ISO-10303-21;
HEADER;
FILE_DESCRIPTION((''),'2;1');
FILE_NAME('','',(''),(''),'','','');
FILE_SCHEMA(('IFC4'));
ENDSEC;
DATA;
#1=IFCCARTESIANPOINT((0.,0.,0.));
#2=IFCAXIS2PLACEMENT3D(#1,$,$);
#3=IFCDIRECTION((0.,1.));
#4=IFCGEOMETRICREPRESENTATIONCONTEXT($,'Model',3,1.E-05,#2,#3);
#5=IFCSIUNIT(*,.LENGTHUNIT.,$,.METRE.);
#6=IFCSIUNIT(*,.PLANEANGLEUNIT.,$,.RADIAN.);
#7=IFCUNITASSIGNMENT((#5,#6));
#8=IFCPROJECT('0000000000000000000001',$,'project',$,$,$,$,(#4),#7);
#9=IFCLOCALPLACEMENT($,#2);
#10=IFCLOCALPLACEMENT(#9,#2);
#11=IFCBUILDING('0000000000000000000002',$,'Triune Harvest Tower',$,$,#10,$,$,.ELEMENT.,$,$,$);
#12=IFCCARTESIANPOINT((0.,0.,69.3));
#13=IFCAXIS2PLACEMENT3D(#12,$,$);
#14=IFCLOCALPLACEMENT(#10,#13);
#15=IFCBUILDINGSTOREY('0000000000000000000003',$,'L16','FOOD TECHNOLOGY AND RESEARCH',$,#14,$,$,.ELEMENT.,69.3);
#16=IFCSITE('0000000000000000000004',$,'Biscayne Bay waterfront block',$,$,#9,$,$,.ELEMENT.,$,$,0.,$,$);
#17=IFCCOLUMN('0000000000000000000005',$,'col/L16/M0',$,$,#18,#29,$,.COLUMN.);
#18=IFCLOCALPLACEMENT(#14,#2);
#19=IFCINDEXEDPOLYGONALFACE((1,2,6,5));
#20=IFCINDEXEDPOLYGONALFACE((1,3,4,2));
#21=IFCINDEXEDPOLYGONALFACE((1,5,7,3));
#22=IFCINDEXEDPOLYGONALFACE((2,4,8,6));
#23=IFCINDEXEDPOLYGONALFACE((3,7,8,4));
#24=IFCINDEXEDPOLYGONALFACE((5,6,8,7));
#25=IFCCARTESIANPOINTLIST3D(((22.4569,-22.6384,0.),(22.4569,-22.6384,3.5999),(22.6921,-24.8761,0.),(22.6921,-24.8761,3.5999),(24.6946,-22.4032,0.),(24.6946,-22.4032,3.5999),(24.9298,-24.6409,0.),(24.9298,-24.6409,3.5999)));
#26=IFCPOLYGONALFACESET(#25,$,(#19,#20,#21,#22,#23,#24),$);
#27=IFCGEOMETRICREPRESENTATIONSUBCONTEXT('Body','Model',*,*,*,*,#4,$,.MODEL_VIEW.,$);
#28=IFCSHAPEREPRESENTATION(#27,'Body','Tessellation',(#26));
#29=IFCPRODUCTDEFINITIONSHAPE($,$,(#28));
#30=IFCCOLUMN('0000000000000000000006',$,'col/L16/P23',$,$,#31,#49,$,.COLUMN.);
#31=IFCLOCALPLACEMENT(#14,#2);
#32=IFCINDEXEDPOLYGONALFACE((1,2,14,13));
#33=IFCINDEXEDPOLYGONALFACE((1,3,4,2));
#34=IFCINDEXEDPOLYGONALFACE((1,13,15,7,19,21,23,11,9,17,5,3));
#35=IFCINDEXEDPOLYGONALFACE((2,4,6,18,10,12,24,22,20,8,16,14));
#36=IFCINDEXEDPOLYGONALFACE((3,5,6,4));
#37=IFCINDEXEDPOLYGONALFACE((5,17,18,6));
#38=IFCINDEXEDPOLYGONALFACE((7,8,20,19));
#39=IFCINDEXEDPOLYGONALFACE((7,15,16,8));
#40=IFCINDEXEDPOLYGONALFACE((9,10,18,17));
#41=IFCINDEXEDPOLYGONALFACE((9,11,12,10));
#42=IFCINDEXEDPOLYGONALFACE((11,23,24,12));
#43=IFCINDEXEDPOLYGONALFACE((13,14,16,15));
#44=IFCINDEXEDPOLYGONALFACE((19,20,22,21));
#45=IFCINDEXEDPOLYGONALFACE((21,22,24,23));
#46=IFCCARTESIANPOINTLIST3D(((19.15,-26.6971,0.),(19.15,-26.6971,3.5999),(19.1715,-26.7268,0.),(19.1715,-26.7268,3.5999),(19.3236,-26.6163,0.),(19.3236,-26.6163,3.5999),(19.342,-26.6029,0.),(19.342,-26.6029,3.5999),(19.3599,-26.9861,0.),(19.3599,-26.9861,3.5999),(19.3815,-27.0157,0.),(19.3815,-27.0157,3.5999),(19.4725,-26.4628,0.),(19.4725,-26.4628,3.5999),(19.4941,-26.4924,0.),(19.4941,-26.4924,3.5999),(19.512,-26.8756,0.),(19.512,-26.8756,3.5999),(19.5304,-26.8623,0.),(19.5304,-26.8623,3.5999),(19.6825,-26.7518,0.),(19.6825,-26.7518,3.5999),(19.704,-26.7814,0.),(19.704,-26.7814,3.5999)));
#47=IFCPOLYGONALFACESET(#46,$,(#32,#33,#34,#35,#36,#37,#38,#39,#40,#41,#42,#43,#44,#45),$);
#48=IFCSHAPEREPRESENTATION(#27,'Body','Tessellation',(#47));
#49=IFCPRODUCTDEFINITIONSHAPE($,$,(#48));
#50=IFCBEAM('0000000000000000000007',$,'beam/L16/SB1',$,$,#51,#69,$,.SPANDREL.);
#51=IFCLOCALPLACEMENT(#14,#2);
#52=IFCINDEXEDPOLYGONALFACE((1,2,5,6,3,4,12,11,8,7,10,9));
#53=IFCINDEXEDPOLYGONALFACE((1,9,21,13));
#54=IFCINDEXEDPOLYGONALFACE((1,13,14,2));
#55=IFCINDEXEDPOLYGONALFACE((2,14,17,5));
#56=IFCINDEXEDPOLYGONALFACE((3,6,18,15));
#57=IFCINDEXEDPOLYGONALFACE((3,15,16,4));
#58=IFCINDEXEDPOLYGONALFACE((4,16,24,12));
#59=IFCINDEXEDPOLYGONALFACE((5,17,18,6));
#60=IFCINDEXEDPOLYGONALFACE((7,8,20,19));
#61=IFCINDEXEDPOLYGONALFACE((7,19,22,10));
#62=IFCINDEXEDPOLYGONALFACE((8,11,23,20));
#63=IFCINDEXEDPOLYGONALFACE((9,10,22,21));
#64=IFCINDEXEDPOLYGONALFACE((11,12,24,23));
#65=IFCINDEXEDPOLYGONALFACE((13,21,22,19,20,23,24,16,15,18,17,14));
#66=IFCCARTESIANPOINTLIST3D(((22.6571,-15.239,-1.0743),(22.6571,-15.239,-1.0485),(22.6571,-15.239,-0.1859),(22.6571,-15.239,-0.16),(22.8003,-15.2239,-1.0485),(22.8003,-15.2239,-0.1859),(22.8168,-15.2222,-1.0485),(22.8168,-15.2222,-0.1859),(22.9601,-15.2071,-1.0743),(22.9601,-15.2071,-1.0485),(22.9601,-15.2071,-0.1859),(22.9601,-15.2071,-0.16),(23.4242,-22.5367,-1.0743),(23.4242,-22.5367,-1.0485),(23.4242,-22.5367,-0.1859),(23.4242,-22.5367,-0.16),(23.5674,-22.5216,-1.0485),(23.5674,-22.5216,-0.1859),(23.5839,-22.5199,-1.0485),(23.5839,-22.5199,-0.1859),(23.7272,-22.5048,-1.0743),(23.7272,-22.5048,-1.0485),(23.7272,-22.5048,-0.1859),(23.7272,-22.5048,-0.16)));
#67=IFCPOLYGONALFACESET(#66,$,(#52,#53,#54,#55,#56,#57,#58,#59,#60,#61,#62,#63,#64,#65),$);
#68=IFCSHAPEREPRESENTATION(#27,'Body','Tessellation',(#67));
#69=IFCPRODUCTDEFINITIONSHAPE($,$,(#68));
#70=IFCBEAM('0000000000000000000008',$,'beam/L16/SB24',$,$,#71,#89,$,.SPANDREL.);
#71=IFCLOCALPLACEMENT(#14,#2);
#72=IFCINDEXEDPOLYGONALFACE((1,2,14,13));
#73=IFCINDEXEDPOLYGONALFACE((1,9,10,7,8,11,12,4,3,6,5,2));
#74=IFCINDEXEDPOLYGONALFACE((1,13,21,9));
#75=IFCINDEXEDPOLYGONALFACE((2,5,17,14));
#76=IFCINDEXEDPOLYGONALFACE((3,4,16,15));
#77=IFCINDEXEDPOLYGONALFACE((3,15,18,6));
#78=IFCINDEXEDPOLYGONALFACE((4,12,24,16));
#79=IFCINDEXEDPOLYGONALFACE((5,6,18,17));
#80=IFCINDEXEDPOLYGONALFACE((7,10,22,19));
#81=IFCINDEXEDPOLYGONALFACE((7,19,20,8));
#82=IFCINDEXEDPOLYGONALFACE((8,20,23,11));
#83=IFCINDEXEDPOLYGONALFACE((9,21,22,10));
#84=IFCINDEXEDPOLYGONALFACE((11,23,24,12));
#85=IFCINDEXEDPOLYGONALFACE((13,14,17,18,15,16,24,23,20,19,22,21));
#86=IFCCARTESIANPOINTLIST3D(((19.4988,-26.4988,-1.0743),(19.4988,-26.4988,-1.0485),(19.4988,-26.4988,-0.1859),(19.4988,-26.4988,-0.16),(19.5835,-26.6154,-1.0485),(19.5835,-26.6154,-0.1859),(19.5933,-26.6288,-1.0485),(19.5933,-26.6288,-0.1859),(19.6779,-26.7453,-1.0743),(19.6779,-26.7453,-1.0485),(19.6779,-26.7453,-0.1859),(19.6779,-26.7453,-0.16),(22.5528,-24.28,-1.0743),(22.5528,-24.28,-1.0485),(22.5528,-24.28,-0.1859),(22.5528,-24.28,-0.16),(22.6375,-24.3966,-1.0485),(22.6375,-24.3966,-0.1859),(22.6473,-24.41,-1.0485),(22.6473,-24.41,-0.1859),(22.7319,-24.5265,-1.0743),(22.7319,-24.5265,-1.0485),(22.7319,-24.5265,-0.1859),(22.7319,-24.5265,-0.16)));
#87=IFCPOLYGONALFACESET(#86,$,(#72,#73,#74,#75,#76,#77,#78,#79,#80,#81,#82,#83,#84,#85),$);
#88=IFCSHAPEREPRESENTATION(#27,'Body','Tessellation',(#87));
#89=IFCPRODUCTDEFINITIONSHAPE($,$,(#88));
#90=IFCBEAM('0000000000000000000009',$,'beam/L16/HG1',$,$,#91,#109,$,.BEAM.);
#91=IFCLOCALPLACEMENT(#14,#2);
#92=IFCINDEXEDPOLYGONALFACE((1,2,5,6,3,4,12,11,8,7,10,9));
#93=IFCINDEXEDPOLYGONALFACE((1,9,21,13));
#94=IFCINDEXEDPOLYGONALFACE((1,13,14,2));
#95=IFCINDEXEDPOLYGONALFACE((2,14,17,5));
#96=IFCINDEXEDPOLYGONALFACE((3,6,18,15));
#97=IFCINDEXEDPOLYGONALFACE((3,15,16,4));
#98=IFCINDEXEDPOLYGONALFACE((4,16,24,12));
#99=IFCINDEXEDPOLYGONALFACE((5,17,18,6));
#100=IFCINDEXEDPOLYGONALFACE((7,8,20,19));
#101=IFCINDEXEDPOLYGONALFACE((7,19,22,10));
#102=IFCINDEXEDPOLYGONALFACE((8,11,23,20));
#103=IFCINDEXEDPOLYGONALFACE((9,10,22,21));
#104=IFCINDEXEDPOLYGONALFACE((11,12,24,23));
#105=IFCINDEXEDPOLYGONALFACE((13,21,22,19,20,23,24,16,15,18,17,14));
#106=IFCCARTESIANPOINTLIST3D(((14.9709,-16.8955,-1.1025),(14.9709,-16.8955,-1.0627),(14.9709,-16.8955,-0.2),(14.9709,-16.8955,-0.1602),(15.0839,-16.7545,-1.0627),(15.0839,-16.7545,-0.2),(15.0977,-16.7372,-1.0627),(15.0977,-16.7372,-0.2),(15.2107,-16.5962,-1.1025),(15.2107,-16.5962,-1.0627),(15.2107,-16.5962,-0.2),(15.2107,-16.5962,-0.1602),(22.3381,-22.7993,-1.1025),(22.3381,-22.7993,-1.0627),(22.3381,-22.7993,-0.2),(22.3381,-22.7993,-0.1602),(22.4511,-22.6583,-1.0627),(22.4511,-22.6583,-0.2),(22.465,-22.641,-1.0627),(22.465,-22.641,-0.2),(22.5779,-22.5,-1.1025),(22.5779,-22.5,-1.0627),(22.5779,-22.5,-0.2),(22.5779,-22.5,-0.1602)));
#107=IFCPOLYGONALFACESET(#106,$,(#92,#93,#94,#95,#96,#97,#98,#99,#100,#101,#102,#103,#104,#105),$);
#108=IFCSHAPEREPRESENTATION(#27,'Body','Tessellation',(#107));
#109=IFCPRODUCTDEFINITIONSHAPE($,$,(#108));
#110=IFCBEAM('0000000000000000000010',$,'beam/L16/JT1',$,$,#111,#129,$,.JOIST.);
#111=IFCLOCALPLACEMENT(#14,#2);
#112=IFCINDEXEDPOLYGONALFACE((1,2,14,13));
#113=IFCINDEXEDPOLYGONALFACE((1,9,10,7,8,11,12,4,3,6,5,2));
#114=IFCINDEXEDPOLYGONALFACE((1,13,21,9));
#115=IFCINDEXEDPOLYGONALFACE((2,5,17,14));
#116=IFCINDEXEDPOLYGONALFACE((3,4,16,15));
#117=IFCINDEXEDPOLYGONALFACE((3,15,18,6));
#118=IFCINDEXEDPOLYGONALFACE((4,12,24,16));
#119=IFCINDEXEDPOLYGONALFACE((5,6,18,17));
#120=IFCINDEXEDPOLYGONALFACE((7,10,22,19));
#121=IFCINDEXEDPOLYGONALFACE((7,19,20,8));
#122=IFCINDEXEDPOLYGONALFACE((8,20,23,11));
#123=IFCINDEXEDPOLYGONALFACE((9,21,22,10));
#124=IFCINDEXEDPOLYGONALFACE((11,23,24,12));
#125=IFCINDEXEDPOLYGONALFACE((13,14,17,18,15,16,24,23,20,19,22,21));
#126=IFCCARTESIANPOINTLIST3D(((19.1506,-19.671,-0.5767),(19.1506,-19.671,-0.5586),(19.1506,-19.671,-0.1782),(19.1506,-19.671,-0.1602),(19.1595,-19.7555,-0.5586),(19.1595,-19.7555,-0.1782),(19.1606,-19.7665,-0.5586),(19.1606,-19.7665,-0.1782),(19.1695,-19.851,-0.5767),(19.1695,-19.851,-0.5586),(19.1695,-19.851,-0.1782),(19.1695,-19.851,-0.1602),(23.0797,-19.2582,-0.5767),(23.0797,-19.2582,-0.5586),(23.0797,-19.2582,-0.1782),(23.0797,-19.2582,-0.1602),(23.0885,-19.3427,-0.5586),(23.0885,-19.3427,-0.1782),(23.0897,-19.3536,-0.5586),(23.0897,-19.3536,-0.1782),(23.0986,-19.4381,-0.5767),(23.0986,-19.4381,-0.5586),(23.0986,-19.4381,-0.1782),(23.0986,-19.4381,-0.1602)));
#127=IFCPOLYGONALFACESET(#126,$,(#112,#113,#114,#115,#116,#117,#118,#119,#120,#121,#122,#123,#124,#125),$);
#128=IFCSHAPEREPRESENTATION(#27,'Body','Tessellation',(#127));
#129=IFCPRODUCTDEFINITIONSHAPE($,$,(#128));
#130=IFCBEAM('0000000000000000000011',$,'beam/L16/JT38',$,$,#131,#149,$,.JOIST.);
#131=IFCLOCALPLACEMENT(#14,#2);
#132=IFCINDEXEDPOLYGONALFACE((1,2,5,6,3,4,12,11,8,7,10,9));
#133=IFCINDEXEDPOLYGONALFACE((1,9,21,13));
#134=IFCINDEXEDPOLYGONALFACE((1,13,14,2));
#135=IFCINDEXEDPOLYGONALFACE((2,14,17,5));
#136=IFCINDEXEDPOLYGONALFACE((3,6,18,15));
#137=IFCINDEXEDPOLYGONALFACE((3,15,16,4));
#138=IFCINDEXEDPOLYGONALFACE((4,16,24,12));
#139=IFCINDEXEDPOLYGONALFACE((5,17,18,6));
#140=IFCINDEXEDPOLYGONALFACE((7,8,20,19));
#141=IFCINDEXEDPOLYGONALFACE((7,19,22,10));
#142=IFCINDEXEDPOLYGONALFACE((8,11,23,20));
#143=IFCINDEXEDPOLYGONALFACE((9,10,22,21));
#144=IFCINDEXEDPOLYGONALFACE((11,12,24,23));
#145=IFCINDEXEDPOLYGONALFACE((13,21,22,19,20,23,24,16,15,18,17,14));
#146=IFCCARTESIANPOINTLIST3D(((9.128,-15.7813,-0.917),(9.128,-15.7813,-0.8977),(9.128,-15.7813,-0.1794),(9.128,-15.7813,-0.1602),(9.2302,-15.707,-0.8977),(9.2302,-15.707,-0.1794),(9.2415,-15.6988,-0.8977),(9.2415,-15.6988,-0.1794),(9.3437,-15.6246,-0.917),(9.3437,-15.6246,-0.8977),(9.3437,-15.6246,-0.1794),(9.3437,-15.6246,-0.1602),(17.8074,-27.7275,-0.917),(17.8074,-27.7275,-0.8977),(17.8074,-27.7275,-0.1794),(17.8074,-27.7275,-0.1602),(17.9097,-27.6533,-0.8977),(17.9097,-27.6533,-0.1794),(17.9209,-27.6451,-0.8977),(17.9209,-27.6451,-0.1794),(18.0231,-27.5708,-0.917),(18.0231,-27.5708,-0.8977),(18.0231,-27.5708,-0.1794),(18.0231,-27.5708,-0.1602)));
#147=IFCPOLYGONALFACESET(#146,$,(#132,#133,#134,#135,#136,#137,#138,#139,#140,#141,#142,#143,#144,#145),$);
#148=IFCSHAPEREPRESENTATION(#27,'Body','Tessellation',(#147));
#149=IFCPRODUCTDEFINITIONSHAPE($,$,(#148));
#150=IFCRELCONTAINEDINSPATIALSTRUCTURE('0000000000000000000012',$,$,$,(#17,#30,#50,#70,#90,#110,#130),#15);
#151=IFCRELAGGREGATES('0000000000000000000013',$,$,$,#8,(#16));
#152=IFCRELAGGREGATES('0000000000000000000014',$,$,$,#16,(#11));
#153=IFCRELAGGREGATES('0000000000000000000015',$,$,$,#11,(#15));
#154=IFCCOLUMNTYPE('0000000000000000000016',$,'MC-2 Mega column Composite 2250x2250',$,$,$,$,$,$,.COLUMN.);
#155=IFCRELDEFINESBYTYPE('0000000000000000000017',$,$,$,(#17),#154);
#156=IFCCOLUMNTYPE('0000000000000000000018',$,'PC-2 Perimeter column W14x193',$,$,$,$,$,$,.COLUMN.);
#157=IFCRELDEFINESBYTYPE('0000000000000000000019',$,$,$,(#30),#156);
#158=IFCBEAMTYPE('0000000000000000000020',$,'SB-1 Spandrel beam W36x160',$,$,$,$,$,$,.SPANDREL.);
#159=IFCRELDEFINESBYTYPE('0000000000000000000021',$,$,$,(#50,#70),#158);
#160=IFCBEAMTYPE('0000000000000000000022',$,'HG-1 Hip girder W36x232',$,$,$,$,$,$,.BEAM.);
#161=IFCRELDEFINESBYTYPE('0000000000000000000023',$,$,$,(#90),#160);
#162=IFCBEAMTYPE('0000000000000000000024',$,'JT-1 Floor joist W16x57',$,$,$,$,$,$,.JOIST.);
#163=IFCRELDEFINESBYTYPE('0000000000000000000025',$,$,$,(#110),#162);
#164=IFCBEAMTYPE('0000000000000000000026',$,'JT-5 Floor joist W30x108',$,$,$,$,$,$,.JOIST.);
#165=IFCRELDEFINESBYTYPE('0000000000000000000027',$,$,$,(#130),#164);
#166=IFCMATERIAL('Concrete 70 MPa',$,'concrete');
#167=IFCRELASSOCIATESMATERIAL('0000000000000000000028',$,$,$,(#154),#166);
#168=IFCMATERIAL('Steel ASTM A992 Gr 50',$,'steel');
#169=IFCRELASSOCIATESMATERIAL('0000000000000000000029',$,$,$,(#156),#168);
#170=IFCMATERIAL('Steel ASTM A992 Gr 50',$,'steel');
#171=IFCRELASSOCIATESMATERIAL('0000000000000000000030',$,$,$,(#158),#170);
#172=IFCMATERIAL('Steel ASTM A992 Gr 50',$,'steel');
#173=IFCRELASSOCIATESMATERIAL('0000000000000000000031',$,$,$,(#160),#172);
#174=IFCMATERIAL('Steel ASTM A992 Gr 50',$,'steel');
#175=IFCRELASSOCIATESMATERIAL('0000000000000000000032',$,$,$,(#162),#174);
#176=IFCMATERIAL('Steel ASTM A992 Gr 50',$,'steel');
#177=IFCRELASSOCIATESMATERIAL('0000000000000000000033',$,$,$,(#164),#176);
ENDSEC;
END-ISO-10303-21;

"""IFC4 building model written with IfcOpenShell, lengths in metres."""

from ifc_helpers import new_model, si_unit, direction, frame, origin, origin_2d, place, context, subcontext, project, spatial, rectangle, i_section, extrude, source, transform, mapped, material, material_profile, profile_set, type_object, element, save


model = new_model("IFC4")

# Units and contexts
model_context = context("Model", 3, precision=1e-05, world=origin(), true_north=direction((0.0, 1.0)))
body_context = subcontext(model_context, "Body", "Model", "MODEL_VIEW")
ifc_project = project(units=[si_unit("LENGTHUNIT", "METRE"), si_unit("PLANEANGLEUNIT", "RADIAN")], contexts=[model_context])

# Site, building, storey
site_placement = place(None, origin())
site = spatial("IfcSite", under=ifc_project, at=site_placement, Name="Biscayne Bay waterfront block", CompositionType="ELEMENT", RefElevation=0.0)
building_placement = place(site_placement, origin())
building = spatial("IfcBuilding", under=site, at=building_placement, Name="Triune Harvest Tower", CompositionType="ELEMENT")
storey_placement = place(building_placement, frame((0.0, 0.0, 69.3)))
storey = spatial("IfcBuildingStorey", under=building, at=storey_placement, Name="L16", Description="FOOD TECHNOLOGY AND RESEARCH", CompositionType="ELEMENT", Elevation=69.3)

# Columns
ifc_material_1 = material(Name="Concrete 70 MPa", Category="concrete")
ifc_material_profile_1 = material_profile(ifc_material_1, rectangle(XDim=2.25, YDim=2.25, at=origin_2d()), Name="Composite 2250x2250")
ifc_profile_set_1 = profile_set([ifc_material_profile_1], Name="Concrete 70 MPa")
column_type_1 = type_object("IfcColumnType", Name="MC-2 Mega column Composite 2250x2250", PredefinedType="COLUMN", material=ifc_profile_set_1)
shared_shape_1 = source(origin(), body_context, "Body", "SweptSolid", [
    extrude(rectangle(XDim=2.25, YDim=2.25, at=origin_2d()), origin(), (0.0, 0.0, 1.0), 3.5999),
])
column_1_placement = place(storey_placement, frame((23.6934, -23.6396, 0.0), z_axis=(0.0, 0.0, 1.0), x_axis=(-0.104527, 0.994522, 0.0)))
element("IfcColumn", 1, at=column_1_placement, inside=storey, type_object=column_type_1, Name="col/L16/M0", PredefinedType="COLUMN", context=body_context, shape_type="MappedRepresentation", body=[
    mapped(shared_shape_1, transform((0.0, 0.0, 0.0), scale=1.0)),
])
ifc_material_2 = material(Name="Steel ASTM A992 Gr 50", Category="steel")
ifc_material_profile_2 = material_profile(ifc_material_2, i_section(OverallWidth=0.3987, OverallDepth=0.3938, WebThickness=0.0227, FlangeThickness=0.0366, at=origin_2d()), Name="W14x193")
ifc_profile_set_2 = profile_set([ifc_material_profile_2], Name="Steel ASTM A992 Gr 50")
column_type_2 = type_object("IfcColumnType", Name="PC-2 Perimeter column W14x193", PredefinedType="COLUMN", material=ifc_profile_set_2)
shared_shape_2 = source(origin(), body_context, "Body", "SweptSolid", [
    extrude(i_section(OverallWidth=0.3987, OverallDepth=0.3938, WebThickness=0.0227, FlangeThickness=0.0366, at=origin_2d()), origin(), (0.0, 0.0, 1.0), 3.5999),
])
column_2_placement = place(storey_placement, frame((19.427, -26.7393, 0.0), z_axis=(0.0, 0.0, 1.0), x_axis=(0.809015, 0.587788, 0.0)))
element("IfcColumn", 2, at=column_2_placement, inside=storey, type_object=column_type_2, Name="col/L16/P23", PredefinedType="COLUMN", context=body_context, shape_type="MappedRepresentation", body=[
    mapped(shared_shape_2, transform((0.0, 0.0, 0.0), scale=1.0)),
])

# Beams
ifc_material_3 = material(Name="Steel ASTM A992 Gr 50", Category="steel")
ifc_material_profile_3 = material_profile(ifc_material_3, i_section(OverallWidth=0.3047, OverallDepth=0.9143, WebThickness=0.0166, FlangeThickness=0.0259, at=origin_2d()), Name="W36x160")
ifc_profile_set_3 = profile_set([ifc_material_profile_3], Name="Steel ASTM A992 Gr 50")
beam_type_1 = type_object("IfcBeamType", Name="SB-1 Spandrel beam W36x160", PredefinedType="SPANDREL", material=ifc_profile_set_3)
shared_shape_3 = source(origin(), body_context, "Body", "SweptSolid", [
    extrude(i_section(OverallWidth=0.3047, OverallDepth=0.9143, WebThickness=0.0166, FlangeThickness=0.0259, at=origin_2d()), origin(), (0.0, 0.0, 1.0), 7.3379),
])
beam_1_placement = place(storey_placement, frame((23.5757, -22.5208, -0.6172), z_axis=(-0.104539, 0.994521, 0.0), x_axis=(-0.994521, -0.104539, 0.0)))
element("IfcBeam", 3, at=beam_1_placement, inside=storey, type_object=beam_type_1, Name="beam/L16/SB1", PredefinedType="SPANDREL", context=body_context, shape_type="MappedRepresentation", body=[
    mapped(shared_shape_3, transform((0.0, 0.0, 0.0), scale=1.0)),
])
shared_shape_4 = source(origin(), body_context, "Body", "SweptSolid", [
    extrude(i_section(OverallWidth=0.3047, OverallDepth=0.9143, WebThickness=0.0166, FlangeThickness=0.0259, at=origin_2d()), origin(), (0.0, 0.0, 1.0), 3.7749),
])
beam_2_placement = place(storey_placement, frame((19.5884, -26.6221, -0.6172), z_axis=(0.809027, 0.587772, 0.0), x_axis=(-0.587772, 0.809027, 0.0)))
element("IfcBeam", 4, at=beam_2_placement, inside=storey, type_object=beam_type_1, Name="beam/L16/SB24", PredefinedType="SPANDREL", context=body_context, shape_type="MappedRepresentation", body=[
    mapped(shared_shape_4, transform((0.0, 0.0, 0.0), scale=1.0)),
])
ifc_material_4 = material(Name="Steel ASTM A992 Gr 50", Category="steel")
ifc_material_profile_4 = material_profile(ifc_material_4, i_section(OverallWidth=0.3835, OverallDepth=0.9424, WebThickness=0.0222, FlangeThickness=0.0398, at=origin_2d()), Name="W36x232")
ifc_profile_set_4 = profile_set([ifc_material_profile_4], Name="Steel ASTM A992 Gr 50")
beam_type_2 = type_object("IfcBeamType", Name="HG-1 Hip girder W36x232", PredefinedType="BEAM", material=ifc_profile_set_4)
shared_shape_5 = source(origin(), body_context, "Body", "SweptSolid", [
    extrude(i_section(OverallWidth=0.3835, OverallDepth=0.9424, WebThickness=0.0222, FlangeThickness=0.0398, at=origin_2d()), origin(), (0.0, 0.0, 1.0), 9.4409),
])
beam_3_placement = place(storey_placement, frame((22.458, -22.6497, -0.6313), z_axis=(-0.780349, 0.625344, 0.0), x_axis=(-0.625344, -0.780349, 0.0)))
element("IfcBeam", 5, at=beam_3_placement, inside=storey, type_object=beam_type_2, Name="beam/L16/HG1", PredefinedType="BEAM", context=body_context, shape_type="MappedRepresentation", body=[
    mapped(shared_shape_5, transform((0.0, 0.0, 0.0), scale=1.0)),
])
ifc_material_5 = material(Name="Steel ASTM A992 Gr 50", Category="steel")
ifc_material_profile_5 = material_profile(ifc_material_5, i_section(OverallWidth=0.1809, OverallDepth=0.4165, WebThickness=0.011, FlangeThickness=0.0181, at=origin_2d()), Name="W16x57")
ifc_profile_set_5 = profile_set([ifc_material_profile_5], Name="Steel ASTM A992 Gr 50")
beam_type_3 = type_object("IfcBeamType", Name="JT-1 Floor joist W16x57", PredefinedType="JOIST", material=ifc_profile_set_5)
shared_shape_6 = source(origin(), body_context, "Body", "SweptSolid", [
    extrude(i_section(OverallWidth=0.1809, OverallDepth=0.4165, WebThickness=0.011, FlangeThickness=0.0181, at=origin_2d()), origin(), (0.0, 0.0, 1.0), 3.9507),
])
beam_4_placement = place(storey_placement, frame((23.0891, -19.3481, -0.3684), z_axis=(-0.994525, -0.104501, 0.0), x_axis=(0.104501, -0.994525, 0.0)))
element("IfcBeam", 6, at=beam_4_placement, inside=storey, type_object=beam_type_3, Name="beam/L16/JT1", PredefinedType="JOIST", context=body_context, shape_type="MappedRepresentation", body=[
    mapped(shared_shape_6, transform((0.0, 0.0, 0.0), scale=1.0)),
])
ifc_material_6 = material(Name="Steel ASTM A992 Gr 50", Category="steel")
ifc_material_profile_6 = material_profile(ifc_material_6, i_section(OverallWidth=0.2666, OverallDepth=0.7568, WebThickness=0.0139, FlangeThickness=0.0193, at=origin_2d()), Name="W30x108")
ifc_profile_set_6 = profile_set([ifc_material_profile_6], Name="Steel ASTM A992 Gr 50")
beam_type_4 = type_object("IfcBeamType", Name="JT-5 Floor joist W30x108", PredefinedType="JOIST", material=ifc_profile_set_6)
shared_shape_7 = source(origin(), body_context, "Body", "SweptSolid", [
    extrude(i_section(OverallWidth=0.2666, OverallDepth=0.7568, WebThickness=0.0139, FlangeThickness=0.0193, at=origin_2d()), origin(), (0.0, 0.0, 1.0), 14.7664),
])
beam_5_placement = place(storey_placement, frame((17.9153, -27.6492, -0.5386), z_axis=(-0.587783, 0.809018, 0.0), x_axis=(-0.809018, -0.587783, 0.0)))
element("IfcBeam", 7, at=beam_5_placement, inside=storey, type_object=beam_type_4, Name="beam/L16/JT38", PredefinedType="JOIST", context=body_context, shape_type="MappedRepresentation", body=[
    mapped(shared_shape_7, transform((0.0, 0.0, 0.0), scale=1.0)),
])

save(model, "model.ifc")
